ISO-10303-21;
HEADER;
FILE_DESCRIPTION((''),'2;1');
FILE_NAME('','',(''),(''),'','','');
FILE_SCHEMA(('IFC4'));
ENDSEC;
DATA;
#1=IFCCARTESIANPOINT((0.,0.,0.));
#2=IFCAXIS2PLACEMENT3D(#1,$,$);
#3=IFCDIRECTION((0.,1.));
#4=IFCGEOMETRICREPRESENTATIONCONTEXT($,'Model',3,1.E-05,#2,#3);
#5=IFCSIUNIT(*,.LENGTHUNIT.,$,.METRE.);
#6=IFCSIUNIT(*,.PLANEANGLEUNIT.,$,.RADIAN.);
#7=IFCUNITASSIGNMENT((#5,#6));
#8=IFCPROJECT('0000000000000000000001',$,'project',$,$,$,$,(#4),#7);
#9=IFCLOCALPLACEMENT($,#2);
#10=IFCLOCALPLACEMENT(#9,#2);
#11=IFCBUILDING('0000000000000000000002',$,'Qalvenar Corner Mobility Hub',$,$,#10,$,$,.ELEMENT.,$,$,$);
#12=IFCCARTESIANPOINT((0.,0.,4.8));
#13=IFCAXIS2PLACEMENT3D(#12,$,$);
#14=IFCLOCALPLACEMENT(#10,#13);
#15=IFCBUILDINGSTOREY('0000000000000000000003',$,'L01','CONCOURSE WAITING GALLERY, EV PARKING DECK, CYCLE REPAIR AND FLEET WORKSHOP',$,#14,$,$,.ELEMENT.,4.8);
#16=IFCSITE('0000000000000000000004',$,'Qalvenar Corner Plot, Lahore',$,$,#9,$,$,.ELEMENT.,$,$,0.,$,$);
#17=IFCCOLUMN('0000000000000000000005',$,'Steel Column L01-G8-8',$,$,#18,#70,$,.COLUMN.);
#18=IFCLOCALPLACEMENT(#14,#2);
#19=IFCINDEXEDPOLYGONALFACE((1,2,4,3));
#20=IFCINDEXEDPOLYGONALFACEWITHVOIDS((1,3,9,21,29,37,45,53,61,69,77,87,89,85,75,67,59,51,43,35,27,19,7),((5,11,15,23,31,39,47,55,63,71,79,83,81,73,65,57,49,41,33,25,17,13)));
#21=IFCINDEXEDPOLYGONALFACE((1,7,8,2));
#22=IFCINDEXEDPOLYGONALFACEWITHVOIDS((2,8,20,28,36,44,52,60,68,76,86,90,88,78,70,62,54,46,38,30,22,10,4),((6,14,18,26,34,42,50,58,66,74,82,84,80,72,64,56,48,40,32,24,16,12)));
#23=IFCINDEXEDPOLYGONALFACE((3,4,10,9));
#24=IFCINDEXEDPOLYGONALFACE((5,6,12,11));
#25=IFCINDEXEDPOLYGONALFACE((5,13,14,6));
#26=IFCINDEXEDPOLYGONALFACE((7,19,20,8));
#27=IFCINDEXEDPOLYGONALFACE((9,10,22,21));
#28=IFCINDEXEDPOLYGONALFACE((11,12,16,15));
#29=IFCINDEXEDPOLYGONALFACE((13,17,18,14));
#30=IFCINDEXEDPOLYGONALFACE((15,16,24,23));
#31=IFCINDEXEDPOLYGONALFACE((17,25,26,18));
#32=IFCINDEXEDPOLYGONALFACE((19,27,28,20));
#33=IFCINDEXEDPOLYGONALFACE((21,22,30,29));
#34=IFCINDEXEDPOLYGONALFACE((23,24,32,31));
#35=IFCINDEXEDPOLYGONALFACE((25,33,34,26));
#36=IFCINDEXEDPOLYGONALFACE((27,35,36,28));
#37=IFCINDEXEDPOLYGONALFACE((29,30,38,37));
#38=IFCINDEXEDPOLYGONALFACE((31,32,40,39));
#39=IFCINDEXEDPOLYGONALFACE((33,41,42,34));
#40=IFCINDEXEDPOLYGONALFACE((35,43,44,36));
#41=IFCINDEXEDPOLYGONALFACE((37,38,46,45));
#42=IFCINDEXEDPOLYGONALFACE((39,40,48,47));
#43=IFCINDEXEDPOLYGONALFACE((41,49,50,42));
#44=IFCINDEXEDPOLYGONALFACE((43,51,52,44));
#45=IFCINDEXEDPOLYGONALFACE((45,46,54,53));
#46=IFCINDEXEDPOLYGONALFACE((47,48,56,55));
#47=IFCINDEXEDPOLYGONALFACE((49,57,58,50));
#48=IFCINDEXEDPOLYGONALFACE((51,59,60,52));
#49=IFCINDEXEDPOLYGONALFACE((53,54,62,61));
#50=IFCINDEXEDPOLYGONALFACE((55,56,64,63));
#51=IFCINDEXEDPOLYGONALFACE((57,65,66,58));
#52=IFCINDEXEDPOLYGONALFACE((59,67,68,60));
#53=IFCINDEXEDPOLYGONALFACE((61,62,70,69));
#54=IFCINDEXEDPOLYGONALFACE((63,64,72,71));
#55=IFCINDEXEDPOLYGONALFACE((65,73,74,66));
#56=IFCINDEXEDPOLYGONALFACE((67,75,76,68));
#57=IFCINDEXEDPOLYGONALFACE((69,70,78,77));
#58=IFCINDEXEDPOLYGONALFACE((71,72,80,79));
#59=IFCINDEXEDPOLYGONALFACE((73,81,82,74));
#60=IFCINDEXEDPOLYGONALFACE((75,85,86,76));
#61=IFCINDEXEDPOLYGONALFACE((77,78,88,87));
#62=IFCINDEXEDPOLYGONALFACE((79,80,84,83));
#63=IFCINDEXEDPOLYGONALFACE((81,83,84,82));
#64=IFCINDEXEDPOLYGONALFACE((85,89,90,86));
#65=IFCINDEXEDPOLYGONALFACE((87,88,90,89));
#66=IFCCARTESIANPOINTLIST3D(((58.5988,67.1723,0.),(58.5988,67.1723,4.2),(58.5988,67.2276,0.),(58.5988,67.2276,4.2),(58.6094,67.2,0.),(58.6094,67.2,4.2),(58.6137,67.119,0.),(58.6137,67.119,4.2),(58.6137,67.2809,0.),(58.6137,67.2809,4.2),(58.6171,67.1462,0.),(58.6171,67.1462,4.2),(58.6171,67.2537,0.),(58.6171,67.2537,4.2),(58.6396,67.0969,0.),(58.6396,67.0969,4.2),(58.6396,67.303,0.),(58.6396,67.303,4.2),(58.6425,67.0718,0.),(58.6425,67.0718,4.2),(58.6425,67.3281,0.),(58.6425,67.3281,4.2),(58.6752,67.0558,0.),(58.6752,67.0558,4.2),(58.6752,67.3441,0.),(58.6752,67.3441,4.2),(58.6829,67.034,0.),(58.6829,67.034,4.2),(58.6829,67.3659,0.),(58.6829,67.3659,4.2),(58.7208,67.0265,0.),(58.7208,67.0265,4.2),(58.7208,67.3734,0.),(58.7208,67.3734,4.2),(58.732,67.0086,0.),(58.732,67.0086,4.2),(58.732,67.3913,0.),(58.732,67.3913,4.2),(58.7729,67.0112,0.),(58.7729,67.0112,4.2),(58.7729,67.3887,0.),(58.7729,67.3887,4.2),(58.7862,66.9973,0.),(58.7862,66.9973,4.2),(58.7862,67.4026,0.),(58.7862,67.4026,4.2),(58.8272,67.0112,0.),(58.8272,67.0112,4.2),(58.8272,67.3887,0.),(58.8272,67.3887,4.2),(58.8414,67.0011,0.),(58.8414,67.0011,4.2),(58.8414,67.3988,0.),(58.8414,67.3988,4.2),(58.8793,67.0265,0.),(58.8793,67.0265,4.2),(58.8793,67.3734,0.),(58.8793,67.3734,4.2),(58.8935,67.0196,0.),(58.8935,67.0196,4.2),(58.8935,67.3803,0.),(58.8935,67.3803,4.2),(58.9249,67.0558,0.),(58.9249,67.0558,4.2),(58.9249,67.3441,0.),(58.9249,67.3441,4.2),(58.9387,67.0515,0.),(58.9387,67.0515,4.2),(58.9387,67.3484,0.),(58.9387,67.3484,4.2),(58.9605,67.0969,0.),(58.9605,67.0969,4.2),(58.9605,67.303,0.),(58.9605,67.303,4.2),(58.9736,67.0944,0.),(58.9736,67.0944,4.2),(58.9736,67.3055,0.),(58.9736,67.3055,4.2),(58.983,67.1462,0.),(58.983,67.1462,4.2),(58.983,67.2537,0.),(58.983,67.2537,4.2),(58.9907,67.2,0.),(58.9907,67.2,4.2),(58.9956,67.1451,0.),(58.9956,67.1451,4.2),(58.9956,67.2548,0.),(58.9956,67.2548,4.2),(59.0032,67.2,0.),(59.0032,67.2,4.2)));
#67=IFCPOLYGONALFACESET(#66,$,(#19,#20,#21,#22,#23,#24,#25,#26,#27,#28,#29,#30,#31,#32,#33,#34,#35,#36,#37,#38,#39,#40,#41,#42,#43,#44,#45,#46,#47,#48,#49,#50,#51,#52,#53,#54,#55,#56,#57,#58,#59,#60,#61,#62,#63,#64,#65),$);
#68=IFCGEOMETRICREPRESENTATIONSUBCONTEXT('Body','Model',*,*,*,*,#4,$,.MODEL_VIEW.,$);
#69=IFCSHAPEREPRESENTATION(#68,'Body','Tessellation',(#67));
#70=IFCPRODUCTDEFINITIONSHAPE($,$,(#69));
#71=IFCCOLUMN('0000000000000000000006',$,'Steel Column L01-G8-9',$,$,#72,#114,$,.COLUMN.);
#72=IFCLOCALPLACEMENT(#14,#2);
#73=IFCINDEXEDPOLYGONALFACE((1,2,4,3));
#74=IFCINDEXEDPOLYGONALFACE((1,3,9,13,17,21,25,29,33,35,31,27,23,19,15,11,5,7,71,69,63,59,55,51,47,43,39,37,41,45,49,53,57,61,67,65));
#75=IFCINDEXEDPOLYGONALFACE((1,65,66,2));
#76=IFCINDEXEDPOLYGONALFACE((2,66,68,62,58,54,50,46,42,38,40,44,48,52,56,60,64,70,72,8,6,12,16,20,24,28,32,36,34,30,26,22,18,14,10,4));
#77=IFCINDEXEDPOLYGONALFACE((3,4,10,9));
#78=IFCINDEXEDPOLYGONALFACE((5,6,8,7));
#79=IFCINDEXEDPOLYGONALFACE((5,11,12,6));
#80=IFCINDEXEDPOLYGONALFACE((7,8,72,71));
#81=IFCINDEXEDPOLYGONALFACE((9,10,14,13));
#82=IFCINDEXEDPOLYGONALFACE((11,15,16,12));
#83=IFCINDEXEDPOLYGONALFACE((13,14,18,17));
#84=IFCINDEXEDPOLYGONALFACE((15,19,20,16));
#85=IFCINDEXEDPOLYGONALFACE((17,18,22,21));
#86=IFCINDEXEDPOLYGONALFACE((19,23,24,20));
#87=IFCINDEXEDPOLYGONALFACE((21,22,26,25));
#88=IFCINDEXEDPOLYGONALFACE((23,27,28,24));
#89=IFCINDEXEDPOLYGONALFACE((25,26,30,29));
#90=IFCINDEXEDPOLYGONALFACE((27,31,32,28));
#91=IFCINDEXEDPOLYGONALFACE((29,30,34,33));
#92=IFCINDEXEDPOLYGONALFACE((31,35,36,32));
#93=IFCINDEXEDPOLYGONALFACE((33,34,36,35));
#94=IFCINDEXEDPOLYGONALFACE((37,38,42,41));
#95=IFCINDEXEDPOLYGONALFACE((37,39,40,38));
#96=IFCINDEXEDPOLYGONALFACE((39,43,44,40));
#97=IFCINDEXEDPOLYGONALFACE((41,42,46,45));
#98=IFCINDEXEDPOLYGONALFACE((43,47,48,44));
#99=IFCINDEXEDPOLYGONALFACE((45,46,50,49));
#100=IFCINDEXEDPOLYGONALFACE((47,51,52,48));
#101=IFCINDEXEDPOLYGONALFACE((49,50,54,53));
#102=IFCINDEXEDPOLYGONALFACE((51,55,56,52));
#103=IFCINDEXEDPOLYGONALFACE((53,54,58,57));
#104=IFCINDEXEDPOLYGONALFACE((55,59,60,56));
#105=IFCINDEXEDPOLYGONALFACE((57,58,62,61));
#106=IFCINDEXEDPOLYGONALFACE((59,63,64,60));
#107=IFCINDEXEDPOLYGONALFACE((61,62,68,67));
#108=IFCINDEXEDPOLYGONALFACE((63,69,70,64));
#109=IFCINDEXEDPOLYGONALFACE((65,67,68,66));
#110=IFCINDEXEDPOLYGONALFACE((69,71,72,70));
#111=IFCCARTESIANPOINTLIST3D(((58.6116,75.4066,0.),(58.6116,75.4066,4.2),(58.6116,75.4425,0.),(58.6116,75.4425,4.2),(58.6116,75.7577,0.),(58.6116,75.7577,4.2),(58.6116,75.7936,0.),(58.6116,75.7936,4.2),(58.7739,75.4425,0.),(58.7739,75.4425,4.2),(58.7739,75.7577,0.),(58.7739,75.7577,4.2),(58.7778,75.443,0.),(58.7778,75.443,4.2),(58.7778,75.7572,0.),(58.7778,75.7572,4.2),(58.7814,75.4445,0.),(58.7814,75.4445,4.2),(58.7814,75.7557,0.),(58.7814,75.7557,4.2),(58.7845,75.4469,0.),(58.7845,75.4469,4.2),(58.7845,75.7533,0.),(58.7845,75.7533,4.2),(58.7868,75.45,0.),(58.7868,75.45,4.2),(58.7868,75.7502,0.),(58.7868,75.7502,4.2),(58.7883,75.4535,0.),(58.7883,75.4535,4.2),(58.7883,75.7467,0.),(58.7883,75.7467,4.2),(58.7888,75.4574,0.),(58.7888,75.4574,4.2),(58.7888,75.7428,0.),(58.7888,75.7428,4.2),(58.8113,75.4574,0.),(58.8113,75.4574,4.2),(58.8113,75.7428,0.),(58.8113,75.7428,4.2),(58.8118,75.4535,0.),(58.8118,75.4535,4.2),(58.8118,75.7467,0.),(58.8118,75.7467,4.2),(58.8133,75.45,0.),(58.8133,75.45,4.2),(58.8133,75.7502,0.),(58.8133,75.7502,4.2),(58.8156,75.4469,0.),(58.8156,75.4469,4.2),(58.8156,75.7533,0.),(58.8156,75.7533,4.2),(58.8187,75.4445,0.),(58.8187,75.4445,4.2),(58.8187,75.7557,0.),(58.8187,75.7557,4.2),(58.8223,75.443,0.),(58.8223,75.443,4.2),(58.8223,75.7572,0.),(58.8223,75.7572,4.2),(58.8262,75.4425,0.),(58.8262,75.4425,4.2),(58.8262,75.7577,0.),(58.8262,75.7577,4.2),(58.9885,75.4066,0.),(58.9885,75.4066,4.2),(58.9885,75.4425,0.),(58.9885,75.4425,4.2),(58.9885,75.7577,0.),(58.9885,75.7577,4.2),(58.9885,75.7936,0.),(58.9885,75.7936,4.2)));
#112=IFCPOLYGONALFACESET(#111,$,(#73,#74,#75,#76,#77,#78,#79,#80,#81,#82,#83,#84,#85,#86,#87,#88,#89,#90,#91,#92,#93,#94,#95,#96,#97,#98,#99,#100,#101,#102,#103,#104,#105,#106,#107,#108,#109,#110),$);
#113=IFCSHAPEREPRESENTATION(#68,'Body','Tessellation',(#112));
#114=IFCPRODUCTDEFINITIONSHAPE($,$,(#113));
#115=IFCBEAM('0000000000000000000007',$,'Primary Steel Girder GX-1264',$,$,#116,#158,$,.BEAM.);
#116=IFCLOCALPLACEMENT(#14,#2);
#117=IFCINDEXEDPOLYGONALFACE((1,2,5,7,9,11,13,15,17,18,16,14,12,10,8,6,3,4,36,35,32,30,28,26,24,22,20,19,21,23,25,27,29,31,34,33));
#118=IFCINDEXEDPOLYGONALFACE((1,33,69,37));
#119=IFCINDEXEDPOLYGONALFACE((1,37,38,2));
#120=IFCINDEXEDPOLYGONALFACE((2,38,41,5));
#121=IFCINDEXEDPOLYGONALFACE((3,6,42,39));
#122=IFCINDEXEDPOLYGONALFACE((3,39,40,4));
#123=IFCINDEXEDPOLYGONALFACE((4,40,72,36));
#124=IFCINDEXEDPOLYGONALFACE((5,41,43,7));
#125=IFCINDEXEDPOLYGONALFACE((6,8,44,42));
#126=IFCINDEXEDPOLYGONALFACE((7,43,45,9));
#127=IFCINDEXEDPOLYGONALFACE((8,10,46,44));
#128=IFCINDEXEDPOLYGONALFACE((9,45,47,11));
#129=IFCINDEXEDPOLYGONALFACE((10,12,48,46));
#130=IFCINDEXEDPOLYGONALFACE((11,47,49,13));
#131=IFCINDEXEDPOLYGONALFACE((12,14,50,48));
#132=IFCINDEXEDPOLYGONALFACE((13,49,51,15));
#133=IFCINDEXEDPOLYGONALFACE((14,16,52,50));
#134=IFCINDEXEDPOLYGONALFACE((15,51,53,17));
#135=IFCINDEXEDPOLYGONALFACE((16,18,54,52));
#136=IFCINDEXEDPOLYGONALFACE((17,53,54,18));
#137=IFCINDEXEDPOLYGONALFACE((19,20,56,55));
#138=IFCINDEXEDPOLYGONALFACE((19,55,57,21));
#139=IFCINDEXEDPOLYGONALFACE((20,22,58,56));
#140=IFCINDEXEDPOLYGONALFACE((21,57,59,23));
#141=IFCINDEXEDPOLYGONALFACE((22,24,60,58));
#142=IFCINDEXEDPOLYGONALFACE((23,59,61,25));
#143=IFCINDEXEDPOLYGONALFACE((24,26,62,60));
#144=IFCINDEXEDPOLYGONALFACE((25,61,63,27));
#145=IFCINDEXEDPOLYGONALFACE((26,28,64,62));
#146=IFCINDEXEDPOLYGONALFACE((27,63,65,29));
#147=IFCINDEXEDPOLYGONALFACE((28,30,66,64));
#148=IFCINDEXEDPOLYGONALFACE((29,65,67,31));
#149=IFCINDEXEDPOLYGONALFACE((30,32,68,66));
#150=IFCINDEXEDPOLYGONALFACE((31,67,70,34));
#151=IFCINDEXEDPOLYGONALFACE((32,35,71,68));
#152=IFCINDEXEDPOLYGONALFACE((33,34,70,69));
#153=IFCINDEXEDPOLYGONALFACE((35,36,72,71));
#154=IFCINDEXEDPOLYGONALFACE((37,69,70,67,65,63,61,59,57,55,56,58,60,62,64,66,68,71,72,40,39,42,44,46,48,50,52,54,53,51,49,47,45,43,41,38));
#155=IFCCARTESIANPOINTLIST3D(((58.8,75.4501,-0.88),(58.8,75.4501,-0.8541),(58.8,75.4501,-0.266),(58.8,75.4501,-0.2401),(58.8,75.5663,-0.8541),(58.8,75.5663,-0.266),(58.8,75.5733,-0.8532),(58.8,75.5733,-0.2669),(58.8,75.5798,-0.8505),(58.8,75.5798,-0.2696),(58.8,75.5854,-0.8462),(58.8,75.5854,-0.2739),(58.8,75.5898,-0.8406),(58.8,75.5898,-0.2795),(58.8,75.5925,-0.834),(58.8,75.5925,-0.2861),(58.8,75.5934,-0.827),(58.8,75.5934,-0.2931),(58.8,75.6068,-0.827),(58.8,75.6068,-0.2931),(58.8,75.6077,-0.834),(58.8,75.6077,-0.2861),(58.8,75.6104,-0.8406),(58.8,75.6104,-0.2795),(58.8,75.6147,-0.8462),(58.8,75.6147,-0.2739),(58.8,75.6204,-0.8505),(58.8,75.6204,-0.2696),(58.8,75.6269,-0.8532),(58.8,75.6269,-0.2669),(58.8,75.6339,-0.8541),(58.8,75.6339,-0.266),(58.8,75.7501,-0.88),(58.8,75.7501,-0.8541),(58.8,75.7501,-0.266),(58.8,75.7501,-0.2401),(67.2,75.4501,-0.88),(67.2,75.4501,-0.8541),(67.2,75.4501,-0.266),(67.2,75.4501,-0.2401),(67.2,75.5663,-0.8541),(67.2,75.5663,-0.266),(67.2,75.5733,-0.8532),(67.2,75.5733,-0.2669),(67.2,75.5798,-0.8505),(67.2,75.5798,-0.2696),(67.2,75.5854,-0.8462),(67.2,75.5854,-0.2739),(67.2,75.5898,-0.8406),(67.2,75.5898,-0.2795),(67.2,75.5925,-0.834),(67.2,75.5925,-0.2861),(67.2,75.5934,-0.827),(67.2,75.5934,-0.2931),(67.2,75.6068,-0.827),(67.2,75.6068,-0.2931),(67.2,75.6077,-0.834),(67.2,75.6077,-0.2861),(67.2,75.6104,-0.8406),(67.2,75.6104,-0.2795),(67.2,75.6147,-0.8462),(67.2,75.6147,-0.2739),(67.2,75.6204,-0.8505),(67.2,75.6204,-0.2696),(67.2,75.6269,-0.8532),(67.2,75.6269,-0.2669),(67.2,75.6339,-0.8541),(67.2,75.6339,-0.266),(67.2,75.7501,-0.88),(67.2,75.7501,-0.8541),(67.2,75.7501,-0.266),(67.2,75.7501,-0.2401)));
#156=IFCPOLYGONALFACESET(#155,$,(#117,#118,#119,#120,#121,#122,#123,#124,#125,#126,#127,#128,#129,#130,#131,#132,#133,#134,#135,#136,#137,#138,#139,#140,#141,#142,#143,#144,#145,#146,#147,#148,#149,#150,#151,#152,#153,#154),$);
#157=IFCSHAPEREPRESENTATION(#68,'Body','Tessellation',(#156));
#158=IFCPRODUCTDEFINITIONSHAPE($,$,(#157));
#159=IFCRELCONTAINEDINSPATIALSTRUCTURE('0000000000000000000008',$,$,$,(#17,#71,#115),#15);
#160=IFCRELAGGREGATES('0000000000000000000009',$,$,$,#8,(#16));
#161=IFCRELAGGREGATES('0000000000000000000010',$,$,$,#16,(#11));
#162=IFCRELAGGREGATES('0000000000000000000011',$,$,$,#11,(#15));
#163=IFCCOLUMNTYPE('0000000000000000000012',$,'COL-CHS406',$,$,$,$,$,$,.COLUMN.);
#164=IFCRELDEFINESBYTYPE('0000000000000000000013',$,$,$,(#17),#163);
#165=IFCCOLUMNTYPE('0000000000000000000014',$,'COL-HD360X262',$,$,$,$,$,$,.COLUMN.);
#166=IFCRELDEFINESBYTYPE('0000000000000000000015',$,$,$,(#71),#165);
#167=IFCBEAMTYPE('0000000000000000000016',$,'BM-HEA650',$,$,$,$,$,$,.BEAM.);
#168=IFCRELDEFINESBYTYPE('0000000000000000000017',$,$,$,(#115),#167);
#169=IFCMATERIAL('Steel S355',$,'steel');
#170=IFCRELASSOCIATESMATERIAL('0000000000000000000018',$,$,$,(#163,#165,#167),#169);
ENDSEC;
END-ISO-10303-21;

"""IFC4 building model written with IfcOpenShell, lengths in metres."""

from ifc_helpers import new_model, si_unit, direction, frame, origin, origin_2d, place, context, subcontext, project, spatial, hollow_circle, i_section, extrude, material, material_profile, profile_set, type_object, element, save


model = new_model("IFC4")

# Units and contexts
model_context = context("Model", 3, precision=1e-05, world=origin(), true_north=direction((0.0, 1.0)))
body_context = subcontext(model_context, "Body", "Model", "MODEL_VIEW")
ifc_project = project(units=[si_unit("LENGTHUNIT", "METRE"), si_unit("PLANEANGLEUNIT", "RADIAN")], contexts=[model_context])

# Site, building, storey
site_placement = place(None, origin())
site = spatial("IfcSite", under=ifc_project, at=site_placement, Name="Qalvenar Corner Plot, Lahore", CompositionType="ELEMENT", RefElevation=0.0)
building_placement = place(site_placement, origin())
building = spatial("IfcBuilding", under=site, at=building_placement, Name="Qalvenar Corner Mobility Hub", CompositionType="ELEMENT")
storey_placement = place(building_placement, frame((0.0, 0.0, 4.8)))
storey = spatial("IfcBuildingStorey", under=building, at=storey_placement, Name="L01", Description="CONCOURSE WAITING GALLERY, EV PARKING DECK, CYCLE REPAIR AND FLEET WORKSHOP", CompositionType="ELEMENT", Elevation=4.8)

# Columns
ifc_material_1 = material(Name="Steel S355", Category="steel")
ifc_material_profile_1 = material_profile(ifc_material_1, hollow_circle(Radius=0.2031, WallThickness=0.0125, at=origin_2d()), Name="CHS406.4x12.5")
ifc_profile_set_1 = profile_set([ifc_material_profile_1], Name="Steel S355")
column_type_1 = type_object("IfcColumnType", Name="COL-CHS406", PredefinedType="COLUMN", material=ifc_profile_set_1)
column_1_placement = place(storey_placement, frame((58.8, 67.2, 0.0), z_axis=(0.0, 0.0, 1.0), x_axis=(1.0, 0.0, 0.0)))
element("IfcColumn", 1, at=column_1_placement, inside=storey, type_object=column_type_1, Name="Steel Column L01-G8-8", PredefinedType="COLUMN", context=body_context, shape_type="SweptSolid", body=[
    extrude(hollow_circle(Radius=0.2031, WallThickness=0.0125, at=origin_2d()), origin(), (0.0, 0.0, 1.0), 4.2),
])
ifc_material_profile_2 = material_profile(ifc_material_1, i_section(OverallWidth=0.377, OverallDepth=0.387, WebThickness=0.0225, FlangeThickness=0.0359, FilletRadius=0.0149, at=origin_2d()), Name="HD360x262")
ifc_profile_set_2 = profile_set([ifc_material_profile_2], Name="Steel S355")
column_type_2 = type_object("IfcColumnType", Name="COL-HD360X262", PredefinedType="COLUMN", material=ifc_profile_set_2)
column_2_placement = place(storey_placement, frame((58.8, 75.6001, 0.0), z_axis=(0.0, 0.0, 1.0), x_axis=(1.0, 0.0, 0.0)))
element("IfcColumn", 2, at=column_2_placement, inside=storey, type_object=column_type_2, Name="Steel Column L01-G8-9", PredefinedType="COLUMN", context=body_context, shape_type="SweptSolid", body=[
    extrude(i_section(OverallWidth=0.377, OverallDepth=0.387, WebThickness=0.0225, FlangeThickness=0.0359, FilletRadius=0.0149, at=origin_2d()), origin(), (0.0, 0.0, 1.0), 4.2),
])

# Beam
ifc_material_profile_3 = material_profile(ifc_material_1, i_section(OverallWidth=0.3, OverallDepth=0.6399, WebThickness=0.0134, FlangeThickness=0.0259, FilletRadius=0.0271, at=origin_2d()), Name="HEA650")
ifc_profile_set_3 = profile_set([ifc_material_profile_3], Name="Steel S355")
beam_type_1 = type_object("IfcBeamType", Name="BM-HEA650", PredefinedType="BEAM", material=ifc_profile_set_3)
beam_1_placement = place(storey_placement, frame((58.8, 75.6001, -0.5601), z_axis=(1.0, 0.0, 0.0), x_axis=(0.0, 1.0, 0.0)))
element("IfcBeam", 3, at=beam_1_placement, inside=storey, type_object=beam_type_1, Name="Primary Steel Girder GX-1264", PredefinedType="BEAM", context=body_context, shape_type="SweptSolid", body=[
    extrude(i_section(OverallWidth=0.3, OverallDepth=0.6399, WebThickness=0.0134, FlangeThickness=0.0259, FilletRadius=0.0271, at=origin_2d()), origin(), (0.0, 0.0, 1.0), 8.3999),
])

save(model, "model.ifc")
